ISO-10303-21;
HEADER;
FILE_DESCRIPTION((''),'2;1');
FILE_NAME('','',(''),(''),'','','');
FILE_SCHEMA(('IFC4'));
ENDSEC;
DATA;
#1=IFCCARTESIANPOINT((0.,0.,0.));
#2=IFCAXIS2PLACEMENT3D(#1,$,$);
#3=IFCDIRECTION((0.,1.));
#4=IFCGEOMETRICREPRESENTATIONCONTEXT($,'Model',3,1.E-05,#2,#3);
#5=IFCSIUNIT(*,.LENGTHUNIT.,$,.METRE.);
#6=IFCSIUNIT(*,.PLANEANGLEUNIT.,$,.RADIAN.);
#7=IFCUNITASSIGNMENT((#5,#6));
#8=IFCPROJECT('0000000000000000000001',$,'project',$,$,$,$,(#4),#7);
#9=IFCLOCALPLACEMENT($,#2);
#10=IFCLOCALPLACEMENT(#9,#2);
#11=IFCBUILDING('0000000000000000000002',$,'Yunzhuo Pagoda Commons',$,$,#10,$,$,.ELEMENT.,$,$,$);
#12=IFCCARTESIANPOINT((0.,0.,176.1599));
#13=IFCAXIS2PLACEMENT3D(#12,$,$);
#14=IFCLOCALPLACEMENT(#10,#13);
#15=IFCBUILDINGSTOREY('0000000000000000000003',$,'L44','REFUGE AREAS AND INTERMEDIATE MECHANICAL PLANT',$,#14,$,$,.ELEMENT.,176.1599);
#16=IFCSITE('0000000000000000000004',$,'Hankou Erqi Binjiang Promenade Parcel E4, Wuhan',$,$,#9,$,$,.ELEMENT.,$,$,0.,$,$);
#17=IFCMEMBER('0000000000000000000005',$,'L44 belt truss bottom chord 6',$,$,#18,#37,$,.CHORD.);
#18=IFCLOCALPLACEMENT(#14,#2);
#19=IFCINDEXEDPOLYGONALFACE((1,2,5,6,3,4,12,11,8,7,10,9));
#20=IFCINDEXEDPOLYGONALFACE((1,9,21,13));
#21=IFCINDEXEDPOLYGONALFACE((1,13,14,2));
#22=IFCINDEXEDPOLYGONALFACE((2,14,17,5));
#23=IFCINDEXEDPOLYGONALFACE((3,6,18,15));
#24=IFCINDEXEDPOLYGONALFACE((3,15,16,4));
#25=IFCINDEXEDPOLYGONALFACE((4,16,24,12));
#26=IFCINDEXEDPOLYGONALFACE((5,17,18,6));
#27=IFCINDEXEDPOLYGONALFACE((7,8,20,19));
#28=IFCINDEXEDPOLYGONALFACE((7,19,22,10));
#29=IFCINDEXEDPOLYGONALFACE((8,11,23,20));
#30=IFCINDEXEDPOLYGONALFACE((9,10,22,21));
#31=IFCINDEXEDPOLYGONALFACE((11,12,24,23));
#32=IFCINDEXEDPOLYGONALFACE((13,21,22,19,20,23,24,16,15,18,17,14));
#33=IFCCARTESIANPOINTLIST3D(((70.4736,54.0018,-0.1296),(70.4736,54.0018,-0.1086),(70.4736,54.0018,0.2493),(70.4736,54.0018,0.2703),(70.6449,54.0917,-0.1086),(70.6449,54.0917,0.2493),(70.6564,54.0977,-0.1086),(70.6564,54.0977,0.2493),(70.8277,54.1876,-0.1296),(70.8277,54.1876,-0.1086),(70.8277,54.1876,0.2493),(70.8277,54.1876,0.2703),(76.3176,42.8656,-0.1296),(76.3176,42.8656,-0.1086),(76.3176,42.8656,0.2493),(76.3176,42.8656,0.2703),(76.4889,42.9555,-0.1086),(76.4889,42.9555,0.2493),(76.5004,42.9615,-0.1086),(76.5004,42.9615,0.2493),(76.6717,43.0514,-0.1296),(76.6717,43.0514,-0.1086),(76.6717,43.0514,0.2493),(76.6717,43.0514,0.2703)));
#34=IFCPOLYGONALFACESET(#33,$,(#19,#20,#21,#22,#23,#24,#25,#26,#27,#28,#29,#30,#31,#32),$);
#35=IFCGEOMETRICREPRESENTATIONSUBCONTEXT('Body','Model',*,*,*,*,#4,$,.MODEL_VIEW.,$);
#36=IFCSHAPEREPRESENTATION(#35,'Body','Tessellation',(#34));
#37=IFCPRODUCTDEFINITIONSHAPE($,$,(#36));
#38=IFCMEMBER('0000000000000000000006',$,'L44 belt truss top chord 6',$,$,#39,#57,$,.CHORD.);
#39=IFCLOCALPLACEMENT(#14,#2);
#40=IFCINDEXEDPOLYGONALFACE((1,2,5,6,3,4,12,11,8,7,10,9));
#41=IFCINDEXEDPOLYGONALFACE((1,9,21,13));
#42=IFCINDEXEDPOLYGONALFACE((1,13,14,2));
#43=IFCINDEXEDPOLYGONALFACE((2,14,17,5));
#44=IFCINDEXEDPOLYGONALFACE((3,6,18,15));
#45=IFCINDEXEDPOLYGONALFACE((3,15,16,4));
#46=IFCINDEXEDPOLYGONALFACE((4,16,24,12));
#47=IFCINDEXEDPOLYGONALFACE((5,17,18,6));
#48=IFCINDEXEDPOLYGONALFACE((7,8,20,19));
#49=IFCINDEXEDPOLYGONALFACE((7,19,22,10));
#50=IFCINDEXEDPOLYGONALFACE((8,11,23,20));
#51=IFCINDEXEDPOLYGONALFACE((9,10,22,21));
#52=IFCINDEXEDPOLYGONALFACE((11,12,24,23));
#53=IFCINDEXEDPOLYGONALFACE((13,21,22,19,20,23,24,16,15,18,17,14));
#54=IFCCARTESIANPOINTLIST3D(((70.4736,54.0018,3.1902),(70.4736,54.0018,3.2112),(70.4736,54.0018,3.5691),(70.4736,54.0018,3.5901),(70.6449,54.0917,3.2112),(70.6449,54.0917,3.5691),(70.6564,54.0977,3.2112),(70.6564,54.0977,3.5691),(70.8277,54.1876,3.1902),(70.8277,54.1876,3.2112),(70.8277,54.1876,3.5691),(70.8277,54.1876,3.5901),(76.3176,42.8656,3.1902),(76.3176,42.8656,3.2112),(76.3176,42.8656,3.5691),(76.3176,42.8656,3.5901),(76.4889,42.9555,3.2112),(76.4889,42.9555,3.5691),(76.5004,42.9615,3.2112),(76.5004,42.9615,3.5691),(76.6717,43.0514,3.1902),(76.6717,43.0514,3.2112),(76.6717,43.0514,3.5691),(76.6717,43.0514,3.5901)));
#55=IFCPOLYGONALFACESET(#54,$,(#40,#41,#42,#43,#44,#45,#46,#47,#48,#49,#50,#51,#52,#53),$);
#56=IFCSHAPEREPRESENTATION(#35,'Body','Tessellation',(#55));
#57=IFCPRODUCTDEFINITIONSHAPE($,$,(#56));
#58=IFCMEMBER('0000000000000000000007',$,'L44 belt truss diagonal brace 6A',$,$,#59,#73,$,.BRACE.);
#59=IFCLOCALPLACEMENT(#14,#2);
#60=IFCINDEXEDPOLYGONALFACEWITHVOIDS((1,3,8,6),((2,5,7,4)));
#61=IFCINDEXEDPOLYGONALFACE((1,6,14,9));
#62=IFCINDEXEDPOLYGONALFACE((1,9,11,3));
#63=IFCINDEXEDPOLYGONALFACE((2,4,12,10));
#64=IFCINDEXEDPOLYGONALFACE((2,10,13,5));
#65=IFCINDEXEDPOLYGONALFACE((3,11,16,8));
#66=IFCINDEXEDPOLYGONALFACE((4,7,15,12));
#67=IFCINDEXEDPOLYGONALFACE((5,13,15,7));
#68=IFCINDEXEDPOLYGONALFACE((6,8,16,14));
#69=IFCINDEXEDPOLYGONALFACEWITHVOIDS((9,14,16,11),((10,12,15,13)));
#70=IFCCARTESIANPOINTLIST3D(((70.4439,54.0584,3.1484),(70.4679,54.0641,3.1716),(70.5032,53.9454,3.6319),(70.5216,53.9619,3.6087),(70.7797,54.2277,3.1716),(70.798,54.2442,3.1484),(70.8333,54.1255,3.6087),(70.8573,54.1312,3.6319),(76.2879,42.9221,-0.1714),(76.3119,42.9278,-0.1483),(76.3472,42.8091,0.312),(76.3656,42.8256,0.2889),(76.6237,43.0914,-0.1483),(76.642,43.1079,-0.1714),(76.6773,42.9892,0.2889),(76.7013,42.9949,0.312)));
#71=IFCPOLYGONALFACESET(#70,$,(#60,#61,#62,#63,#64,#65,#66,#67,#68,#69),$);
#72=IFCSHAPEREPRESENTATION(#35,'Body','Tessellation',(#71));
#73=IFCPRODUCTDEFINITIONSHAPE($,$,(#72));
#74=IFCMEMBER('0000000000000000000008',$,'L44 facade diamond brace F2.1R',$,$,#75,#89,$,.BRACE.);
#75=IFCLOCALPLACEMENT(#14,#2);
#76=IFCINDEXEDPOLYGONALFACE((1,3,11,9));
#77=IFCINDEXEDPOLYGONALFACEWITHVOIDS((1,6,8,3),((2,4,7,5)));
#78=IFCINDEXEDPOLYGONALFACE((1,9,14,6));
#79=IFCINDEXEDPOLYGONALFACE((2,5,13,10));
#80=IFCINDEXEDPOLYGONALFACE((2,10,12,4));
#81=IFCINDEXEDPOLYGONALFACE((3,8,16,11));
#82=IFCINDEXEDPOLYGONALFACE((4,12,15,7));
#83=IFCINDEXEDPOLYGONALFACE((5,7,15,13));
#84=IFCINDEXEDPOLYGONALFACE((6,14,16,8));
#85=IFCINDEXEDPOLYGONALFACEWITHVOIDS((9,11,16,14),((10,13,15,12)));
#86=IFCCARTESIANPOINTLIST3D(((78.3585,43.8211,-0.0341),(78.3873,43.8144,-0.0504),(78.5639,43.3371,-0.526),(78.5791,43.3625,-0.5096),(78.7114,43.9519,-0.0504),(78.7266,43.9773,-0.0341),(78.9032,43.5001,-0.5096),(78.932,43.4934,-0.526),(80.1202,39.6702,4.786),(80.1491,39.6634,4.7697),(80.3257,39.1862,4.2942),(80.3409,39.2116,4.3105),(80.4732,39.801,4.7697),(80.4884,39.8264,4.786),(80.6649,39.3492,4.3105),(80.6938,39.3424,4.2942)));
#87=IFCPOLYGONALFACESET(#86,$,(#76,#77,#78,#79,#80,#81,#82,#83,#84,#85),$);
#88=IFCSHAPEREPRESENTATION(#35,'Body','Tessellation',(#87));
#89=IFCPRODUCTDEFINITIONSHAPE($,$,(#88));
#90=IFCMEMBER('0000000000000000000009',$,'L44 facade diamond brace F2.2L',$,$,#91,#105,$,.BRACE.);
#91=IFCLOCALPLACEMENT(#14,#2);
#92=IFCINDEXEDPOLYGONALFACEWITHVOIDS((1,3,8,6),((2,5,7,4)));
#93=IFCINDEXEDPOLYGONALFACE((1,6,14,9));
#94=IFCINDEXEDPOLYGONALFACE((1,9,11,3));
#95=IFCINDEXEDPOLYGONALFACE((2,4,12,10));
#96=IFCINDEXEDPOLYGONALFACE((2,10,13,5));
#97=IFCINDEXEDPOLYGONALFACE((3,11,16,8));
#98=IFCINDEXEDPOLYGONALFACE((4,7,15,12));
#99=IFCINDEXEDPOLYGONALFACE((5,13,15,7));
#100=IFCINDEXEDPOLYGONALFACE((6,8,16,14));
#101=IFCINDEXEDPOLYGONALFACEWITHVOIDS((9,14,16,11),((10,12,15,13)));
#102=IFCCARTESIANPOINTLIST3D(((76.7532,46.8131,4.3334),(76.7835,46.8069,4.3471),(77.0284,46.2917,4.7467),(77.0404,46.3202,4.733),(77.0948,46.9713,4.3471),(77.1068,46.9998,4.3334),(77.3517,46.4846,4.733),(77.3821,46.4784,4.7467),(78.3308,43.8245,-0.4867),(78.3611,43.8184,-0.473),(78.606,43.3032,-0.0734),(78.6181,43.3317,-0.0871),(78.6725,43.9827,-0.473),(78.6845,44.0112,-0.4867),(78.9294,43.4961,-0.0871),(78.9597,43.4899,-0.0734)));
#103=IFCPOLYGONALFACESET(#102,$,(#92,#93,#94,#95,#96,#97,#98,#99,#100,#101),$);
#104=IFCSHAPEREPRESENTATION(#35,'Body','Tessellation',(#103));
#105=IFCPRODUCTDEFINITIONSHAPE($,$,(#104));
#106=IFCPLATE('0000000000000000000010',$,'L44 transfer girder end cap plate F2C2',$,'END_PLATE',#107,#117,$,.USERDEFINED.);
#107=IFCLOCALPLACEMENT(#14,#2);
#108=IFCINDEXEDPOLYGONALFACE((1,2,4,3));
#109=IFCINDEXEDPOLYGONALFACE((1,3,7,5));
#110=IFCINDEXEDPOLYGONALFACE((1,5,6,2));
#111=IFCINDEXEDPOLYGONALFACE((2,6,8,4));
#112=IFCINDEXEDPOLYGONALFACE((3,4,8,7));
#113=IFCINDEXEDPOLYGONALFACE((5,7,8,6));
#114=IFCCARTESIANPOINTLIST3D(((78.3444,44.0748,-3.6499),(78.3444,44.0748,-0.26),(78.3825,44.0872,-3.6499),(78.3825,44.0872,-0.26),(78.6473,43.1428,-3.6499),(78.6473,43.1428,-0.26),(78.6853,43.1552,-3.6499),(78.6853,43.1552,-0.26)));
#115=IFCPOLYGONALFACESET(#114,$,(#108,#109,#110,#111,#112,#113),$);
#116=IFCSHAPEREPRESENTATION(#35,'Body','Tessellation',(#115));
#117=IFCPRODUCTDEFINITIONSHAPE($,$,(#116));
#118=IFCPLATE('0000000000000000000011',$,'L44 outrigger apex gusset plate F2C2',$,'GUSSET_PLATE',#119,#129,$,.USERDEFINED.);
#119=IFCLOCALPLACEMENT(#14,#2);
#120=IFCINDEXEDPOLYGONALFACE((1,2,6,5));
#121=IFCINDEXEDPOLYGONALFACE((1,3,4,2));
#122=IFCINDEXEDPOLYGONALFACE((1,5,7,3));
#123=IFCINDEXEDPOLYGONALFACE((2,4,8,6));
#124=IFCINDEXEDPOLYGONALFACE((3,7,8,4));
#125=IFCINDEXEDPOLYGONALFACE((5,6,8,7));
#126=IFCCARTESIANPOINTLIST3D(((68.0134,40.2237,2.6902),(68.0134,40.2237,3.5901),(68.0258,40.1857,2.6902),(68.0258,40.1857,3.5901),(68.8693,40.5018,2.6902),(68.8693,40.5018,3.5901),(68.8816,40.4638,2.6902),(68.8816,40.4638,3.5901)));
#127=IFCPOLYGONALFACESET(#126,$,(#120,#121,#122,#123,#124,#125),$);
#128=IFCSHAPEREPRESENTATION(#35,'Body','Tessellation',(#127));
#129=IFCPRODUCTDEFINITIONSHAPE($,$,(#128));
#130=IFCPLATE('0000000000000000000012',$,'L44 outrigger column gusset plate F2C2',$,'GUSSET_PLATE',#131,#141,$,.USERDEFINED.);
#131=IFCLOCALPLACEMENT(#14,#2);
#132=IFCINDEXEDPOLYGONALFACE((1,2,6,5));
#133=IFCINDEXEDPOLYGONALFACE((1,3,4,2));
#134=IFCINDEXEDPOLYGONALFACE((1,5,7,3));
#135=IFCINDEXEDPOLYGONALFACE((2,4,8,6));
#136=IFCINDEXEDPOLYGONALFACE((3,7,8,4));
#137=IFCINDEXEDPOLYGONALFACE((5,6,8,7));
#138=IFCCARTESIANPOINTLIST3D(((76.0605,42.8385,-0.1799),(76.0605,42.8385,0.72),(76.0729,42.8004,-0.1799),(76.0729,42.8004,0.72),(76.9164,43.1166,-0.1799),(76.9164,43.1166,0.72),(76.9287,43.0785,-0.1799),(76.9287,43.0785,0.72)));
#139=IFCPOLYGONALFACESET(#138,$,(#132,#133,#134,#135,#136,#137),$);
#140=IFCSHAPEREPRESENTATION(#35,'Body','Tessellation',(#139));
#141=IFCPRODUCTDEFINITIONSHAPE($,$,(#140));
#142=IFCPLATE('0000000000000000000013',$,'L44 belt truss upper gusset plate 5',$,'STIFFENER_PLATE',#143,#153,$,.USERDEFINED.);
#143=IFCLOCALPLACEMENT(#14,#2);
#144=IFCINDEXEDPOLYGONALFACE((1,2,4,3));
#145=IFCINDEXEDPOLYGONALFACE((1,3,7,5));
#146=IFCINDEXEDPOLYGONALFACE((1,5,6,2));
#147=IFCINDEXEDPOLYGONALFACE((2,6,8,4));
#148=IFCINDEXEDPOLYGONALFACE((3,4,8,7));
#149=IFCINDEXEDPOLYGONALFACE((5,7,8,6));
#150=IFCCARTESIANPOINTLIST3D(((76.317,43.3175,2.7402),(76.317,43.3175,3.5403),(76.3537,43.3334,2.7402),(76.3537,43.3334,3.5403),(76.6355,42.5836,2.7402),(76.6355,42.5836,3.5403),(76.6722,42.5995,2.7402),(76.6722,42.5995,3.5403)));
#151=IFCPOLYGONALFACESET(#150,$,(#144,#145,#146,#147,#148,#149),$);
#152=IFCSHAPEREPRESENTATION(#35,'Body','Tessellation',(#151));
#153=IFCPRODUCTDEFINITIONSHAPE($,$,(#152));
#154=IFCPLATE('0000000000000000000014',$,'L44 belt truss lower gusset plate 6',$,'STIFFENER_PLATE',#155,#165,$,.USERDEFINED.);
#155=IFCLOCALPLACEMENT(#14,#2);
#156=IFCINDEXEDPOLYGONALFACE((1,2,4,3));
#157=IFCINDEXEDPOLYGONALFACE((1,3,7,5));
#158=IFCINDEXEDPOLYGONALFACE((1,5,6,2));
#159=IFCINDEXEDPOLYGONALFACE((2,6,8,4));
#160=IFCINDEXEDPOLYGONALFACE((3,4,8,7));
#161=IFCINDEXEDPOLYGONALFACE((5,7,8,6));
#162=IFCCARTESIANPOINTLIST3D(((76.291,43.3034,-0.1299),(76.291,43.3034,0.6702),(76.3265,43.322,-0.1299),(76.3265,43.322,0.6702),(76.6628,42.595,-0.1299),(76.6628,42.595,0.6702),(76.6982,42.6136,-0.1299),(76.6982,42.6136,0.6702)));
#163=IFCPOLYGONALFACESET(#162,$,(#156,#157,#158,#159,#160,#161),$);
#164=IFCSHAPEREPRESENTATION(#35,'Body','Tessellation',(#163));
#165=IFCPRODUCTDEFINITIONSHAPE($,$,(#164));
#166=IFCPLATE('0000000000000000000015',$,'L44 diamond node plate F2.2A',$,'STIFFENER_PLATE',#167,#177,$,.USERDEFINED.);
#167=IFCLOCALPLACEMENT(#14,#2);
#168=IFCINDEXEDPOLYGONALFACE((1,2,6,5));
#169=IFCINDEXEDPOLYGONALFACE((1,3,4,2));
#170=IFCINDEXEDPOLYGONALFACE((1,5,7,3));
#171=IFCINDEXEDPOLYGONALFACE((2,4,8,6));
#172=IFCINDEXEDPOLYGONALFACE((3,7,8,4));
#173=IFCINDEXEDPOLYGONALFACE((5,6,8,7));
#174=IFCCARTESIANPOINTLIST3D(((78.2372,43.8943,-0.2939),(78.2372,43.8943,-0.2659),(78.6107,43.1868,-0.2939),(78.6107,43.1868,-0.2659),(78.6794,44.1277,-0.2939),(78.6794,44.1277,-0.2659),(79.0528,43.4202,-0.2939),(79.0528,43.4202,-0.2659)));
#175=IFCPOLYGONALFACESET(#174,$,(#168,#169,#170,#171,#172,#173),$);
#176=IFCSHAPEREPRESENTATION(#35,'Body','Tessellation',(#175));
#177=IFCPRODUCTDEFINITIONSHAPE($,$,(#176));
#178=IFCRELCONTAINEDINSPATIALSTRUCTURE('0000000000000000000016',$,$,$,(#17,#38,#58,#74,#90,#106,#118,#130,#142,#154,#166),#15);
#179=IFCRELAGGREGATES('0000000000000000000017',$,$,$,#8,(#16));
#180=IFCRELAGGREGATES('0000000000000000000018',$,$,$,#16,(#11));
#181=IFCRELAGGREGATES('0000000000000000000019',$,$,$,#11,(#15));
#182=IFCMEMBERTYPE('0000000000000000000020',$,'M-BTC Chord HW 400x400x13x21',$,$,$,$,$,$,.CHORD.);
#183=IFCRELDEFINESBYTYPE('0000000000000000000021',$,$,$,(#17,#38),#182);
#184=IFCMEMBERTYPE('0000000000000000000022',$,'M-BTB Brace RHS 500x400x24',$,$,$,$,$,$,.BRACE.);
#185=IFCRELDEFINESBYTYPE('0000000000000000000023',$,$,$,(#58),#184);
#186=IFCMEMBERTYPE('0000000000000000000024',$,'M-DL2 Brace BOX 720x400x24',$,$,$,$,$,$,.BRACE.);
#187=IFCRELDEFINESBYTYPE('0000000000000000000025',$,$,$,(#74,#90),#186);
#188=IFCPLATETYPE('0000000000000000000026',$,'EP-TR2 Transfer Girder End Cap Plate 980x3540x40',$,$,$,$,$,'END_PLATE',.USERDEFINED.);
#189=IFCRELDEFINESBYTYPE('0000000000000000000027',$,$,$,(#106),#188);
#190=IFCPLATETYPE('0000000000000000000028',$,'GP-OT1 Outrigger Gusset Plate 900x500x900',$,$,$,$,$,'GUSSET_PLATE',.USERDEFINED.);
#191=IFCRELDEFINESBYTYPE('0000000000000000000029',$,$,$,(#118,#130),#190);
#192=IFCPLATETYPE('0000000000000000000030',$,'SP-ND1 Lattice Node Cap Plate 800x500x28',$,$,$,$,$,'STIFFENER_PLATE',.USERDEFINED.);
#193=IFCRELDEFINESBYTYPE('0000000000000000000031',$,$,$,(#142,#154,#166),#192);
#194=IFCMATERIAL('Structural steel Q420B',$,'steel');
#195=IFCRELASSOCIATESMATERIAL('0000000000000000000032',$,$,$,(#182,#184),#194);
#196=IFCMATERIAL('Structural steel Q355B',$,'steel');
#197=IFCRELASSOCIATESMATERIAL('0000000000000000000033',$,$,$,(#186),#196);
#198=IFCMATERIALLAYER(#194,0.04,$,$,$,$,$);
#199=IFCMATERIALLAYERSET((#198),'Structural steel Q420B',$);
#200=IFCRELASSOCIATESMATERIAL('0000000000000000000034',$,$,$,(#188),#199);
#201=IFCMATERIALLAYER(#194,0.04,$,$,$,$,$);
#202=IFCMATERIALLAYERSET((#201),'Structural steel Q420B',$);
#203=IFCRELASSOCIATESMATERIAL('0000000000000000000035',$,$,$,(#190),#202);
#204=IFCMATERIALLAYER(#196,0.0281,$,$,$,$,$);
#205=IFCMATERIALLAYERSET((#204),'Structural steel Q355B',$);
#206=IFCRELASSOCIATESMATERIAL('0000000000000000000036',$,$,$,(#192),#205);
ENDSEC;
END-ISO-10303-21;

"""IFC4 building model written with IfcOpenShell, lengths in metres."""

from ifc_helpers import new_model, si_unit, direction, frame, origin, origin_2d, place, context, subcontext, project, spatial, rectangle, hollow_rectangle, i_section, extrude, source, transform, mapped, material, layer, layer_set, material_profile, profile_set, type_object, element, save


model = new_model("IFC4")

# Units and contexts
model_context = context("Model", 3, precision=1e-05, world=origin(), true_north=direction((0.0, 1.0)))
body_context = subcontext(model_context, "Body", "Model", "MODEL_VIEW")
ifc_project = project(units=[si_unit("LENGTHUNIT", "METRE"), si_unit("PLANEANGLEUNIT", "RADIAN")], contexts=[model_context])

# Site, building, storey
site_placement = place(None, origin())
site = spatial("IfcSite", under=ifc_project, at=site_placement, Name="Hankou Erqi Binjiang Promenade Parcel E4, Wuhan", CompositionType="ELEMENT", RefElevation=0.0)
building_placement = place(site_placement, origin())
building = spatial("IfcBuilding", under=site, at=building_placement, Name="Yunzhuo Pagoda Commons", CompositionType="ELEMENT")
storey_placement = place(building_placement, frame((0.0, 0.0, 176.1599)))
storey = spatial("IfcBuildingStorey", under=building, at=storey_placement, Name="L44", Description="REFUGE AREAS AND INTERMEDIATE MECHANICAL PLANT", CompositionType="ELEMENT", Elevation=176.1599)

# Shared definitions
ifc_material_1 = material(Name="Structural steel Q420B", Category="steel")

# Shared definitions
ifc_material_2 = material(Name="Structural steel Q355B", Category="steel")

# Members
ifc_material_profile_1 = material_profile(ifc_material_1, i_section(OverallWidth=0.3999, OverallDepth=0.3999, WebThickness=0.0129, FlangeThickness=0.021, at=origin_2d()), Name="Structural steel Q420B")
ifc_profile_set_1 = profile_set([ifc_material_profile_1], Name="Structural steel Q420B")
member_type_1 = type_object("IfcMemberType", Name="M-BTC Chord HW 400x400x13x21", PredefinedType="CHORD", material=ifc_profile_set_1)
shared_shape_1 = source(origin(), body_context, "Body", "SweptSolid", [
    extrude(i_section(OverallWidth=0.3999, OverallDepth=0.3999, WebThickness=0.0129, FlangeThickness=0.021, at=origin_2d()), origin(), (0.0, 0.0, 1.0), 12.5764),
])
for number, where, z_axis, x_axis, name in (
    (1, (76.4946, 42.9585, 0.0703), (-0.464676, 0.885481, 0.0), (-0.885481, -0.464676, 0.0), "L44 belt truss bottom chord 6"),
    (2, (76.4946, 42.9585, 3.3901), (-0.464676, 0.885481, 0.0), (-0.885481, -0.464676, 0.0), "L44 belt truss top chord 6"),
):
    element("IfcMember", number, at=place(storey_placement, frame(where, z_axis=z_axis, x_axis=x_axis)), inside=storey, type_object=member_type_1, Name=name, PredefinedType="CHORD", context=body_context, shape_type="MappedRepresentation", body=[
        mapped(shared_shape_1, transform((0.0, 0.0, 0.0), scale=1.0)),
    ])
ifc_material_profile_2 = material_profile(ifc_material_1, hollow_rectangle(XDim=0.3999, YDim=0.5, WallThickness=0.0239, at=origin_2d()), Name="Structural steel Q420B")
ifc_profile_set_2 = profile_set([ifc_material_profile_2], Name="Structural steel Q420B")
member_type_2 = type_object("IfcMemberType", Name="M-BTB Brace RHS 500x400x24", PredefinedType="BRACE", material=ifc_profile_set_2)
shared_shape_2 = source(origin(), body_context, "Body", "SweptSolid", [
    extrude(hollow_rectangle(XDim=0.3999, YDim=0.5, WallThickness=0.0239, at=origin_2d()), origin(), (0.0, 0.0, 1.0), 13.0073),
])
member_1_placement = place(storey_placement, frame((76.4946, 42.9585, 0.0703), z_axis=(-0.449287, 0.856154, 0.255228), x_axis=(-0.885481, -0.464676, 0.0)))
element("IfcMember", 3, at=member_1_placement, inside=storey, type_object=member_type_2, Name="L44 belt truss diagonal brace 6A", PredefinedType="BRACE", context=body_context, shape_type="MappedRepresentation", body=[
    mapped(shared_shape_2, transform((0.0, 0.0, 0.0), scale=1.0)),
])
ifc_material_profile_3 = material_profile(ifc_material_2, hollow_rectangle(XDim=0.3999, YDim=0.72, WallThickness=0.0239, at=origin_2d()), Name="Structural steel Q355B")
ifc_profile_set_3 = profile_set([ifc_material_profile_3], Name="Structural steel Q355B")
member_type_3 = type_object("IfcMemberType", Name="M-DL2 Brace BOX 720x400x24", PredefinedType="BRACE", material=ifc_profile_set_3)
shared_shape_3 = source(origin(), body_context, "Body", "SweptSolid", [
    extrude(hollow_rectangle(XDim=0.3999, YDim=0.72, WallThickness=0.0239, at=origin_2d()), origin(), (0.0, 0.0, 1.0), 6.6006),
])
member_2_placement = place(storey_placement, frame((78.6453, 43.6572, -0.28), z_axis=(0.266907, -0.628874, 0.730259), x_axis=(0.920523, 0.390689, 0.0)))
element("IfcMember", 4, at=member_2_placement, inside=storey, type_object=member_type_3, Name="L44 facade diamond brace F2.1R", PredefinedType="BRACE", context=body_context, shape_type="MappedRepresentation", body=[
    mapped(shared_shape_3, transform((0.0, 0.0, 0.0), scale=1.0)),
])
shared_shape_4 = source(origin(), body_context, "Body", "SweptSolid", [
    extrude(hollow_rectangle(XDim=0.3999, YDim=0.72, WallThickness=0.0239, at=origin_2d()), origin(), (0.0, 0.0, 1.0), 5.8867),
])
member_3_placement = place(storey_placement, frame((78.6453, 43.6572, -0.28), z_axis=(-0.268, 0.507674, 0.818806), x_axis=(-0.884341, -0.466842, 0.0)))
element("IfcMember", 5, at=member_3_placement, inside=storey, type_object=member_type_3, Name="L44 facade diamond brace F2.2L", PredefinedType="BRACE", context=body_context, shape_type="MappedRepresentation", body=[
    mapped(shared_shape_4, transform((0.0, 0.0, 0.0), scale=1.0)),
])

# Plates
ifc_layer_1 = layer(ifc_material_1, 0.04)
ifc_layer_set_1 = layer_set([ifc_layer_1], Name="Structural steel Q420B")
plate_type_1 = type_object("IfcPlateType", Name="EP-TR2 Transfer Girder End Cap Plate 980x3540x40", ElementType="END_PLATE", PredefinedType="USERDEFINED", material=ifc_layer_set_1)
shared_shape_5 = source(origin(), body_context, "Body", "SweptSolid", [
    extrude(rectangle(XDim=0.98, YDim=0.04, at=origin_2d()), origin(), (0.0, 0.0, 1.0), 3.3899),
])
plate_1_placement = place(storey_placement, frame((78.5149, 43.615, -3.6499), z_axis=(0.0, 0.0, 1.0), x_axis=(-0.309017, 0.951057, 0.0)))
element("IfcPlate", 6, at=plate_1_placement, inside=storey, type_object=plate_type_1, Name="L44 transfer girder end cap plate F2C2", ObjectType="END_PLATE", PredefinedType="USERDEFINED", context=body_context, shape_type="MappedRepresentation", body=[
    mapped(shared_shape_5, transform((0.0, 0.0, 0.0), scale=1.0)),
])
ifc_layer_2 = layer(ifc_material_1, 0.04)
ifc_layer_set_2 = layer_set([ifc_layer_2], Name="Structural steel Q420B")
plate_type_2 = type_object("IfcPlateType", Name="GP-OT1 Outrigger Gusset Plate 900x500x900", ElementType="GUSSET_PLATE", PredefinedType="USERDEFINED", material=ifc_layer_set_2)
shared_shape_6 = source(origin(), body_context, "Body", "SweptSolid", [
    extrude(rectangle(XDim=0.8999, YDim=0.04, at=origin_2d()), origin(), (0.0, 0.0, 1.0), 0.8999),
])
for number, where, z_axis, x_axis, name in (
    (7, (68.4475, 40.3438, 2.6902), (0.0, 0.0, 1.0), (0.951057, 0.309017, 0.0), "L44 outrigger apex gusset plate F2C2"),
    (8, (76.4946, 42.9585, -0.1799), (0.0, 0.0, 1.0), (0.951057, 0.309017, 0.0), "L44 outrigger column gusset plate F2C2"),
):
    element("IfcPlate", number, at=place(storey_placement, frame(where, z_axis=z_axis, x_axis=x_axis)), inside=storey, type_object=plate_type_2, Name=name, ObjectType="GUSSET_PLATE", PredefinedType="USERDEFINED", context=body_context, shape_type="MappedRepresentation", body=[
        mapped(shared_shape_6, transform((0.0, 0.0, 0.0), scale=1.0)),
    ])
ifc_layer_3 = layer(ifc_material_2, 0.0281)
ifc_layer_set_3 = layer_set([ifc_layer_3], Name="Structural steel Q355B")
plate_type_3 = type_object("IfcPlateType", Name="SP-ND1 Lattice Node Cap Plate 800x500x28", ElementType="STIFFENER_PLATE", PredefinedType="USERDEFINED", material=ifc_layer_set_3)
shared_shape_7 = source(origin(), body_context, "Body", "SweptSolid", [
    extrude(rectangle(XDim=0.8, YDim=0.04, at=origin_2d()), origin(), (0.0, 0.0, 1.0), 0.8),
])
for number, where, z_axis, x_axis, name in (
    (9, (76.4946, 42.9585, 2.7402), (0.0, 0.0, 1.0), (-0.398093, 0.917345, 0.0), "L44 belt truss upper gusset plate 5"),
    (10, (76.4946, 42.9585, -0.1299), (0.0, 0.0, 1.0), (-0.464672, 0.885483, 0.0), "L44 belt truss lower gusset plate 6"),
):
    element("IfcPlate", number, at=place(storey_placement, frame(where, z_axis=z_axis, x_axis=x_axis)), inside=storey, type_object=plate_type_3, Name=name, ObjectType="STIFFENER_PLATE", PredefinedType="USERDEFINED", context=body_context, shape_type="MappedRepresentation", body=[
        mapped(shared_shape_7, transform((0.0, 0.0, 0.0), scale=1.0)),
    ])
shared_shape_8 = source(origin(), body_context, "Body", "SweptSolid", [
    extrude(rectangle(XDim=0.8, YDim=0.5, at=origin_2d()), origin(), (0.0, 0.0, 1.0), 0.0281),
])
plate_2_placement = place(storey_placement, frame((78.645, 43.6572, -0.2939), z_axis=(0.0, 0.0, 1.0), x_axis=(-0.466788, 0.884369, 0.0)))
element("IfcPlate", 11, at=plate_2_placement, inside=storey, type_object=plate_type_3, Name="L44 diamond node plate F2.2A", ObjectType="STIFFENER_PLATE", PredefinedType="USERDEFINED", context=body_context, shape_type="MappedRepresentation", body=[
    mapped(shared_shape_8, transform((0.0, 0.0, 0.0), scale=1.0)),
])

save(model, "model.ifc")
